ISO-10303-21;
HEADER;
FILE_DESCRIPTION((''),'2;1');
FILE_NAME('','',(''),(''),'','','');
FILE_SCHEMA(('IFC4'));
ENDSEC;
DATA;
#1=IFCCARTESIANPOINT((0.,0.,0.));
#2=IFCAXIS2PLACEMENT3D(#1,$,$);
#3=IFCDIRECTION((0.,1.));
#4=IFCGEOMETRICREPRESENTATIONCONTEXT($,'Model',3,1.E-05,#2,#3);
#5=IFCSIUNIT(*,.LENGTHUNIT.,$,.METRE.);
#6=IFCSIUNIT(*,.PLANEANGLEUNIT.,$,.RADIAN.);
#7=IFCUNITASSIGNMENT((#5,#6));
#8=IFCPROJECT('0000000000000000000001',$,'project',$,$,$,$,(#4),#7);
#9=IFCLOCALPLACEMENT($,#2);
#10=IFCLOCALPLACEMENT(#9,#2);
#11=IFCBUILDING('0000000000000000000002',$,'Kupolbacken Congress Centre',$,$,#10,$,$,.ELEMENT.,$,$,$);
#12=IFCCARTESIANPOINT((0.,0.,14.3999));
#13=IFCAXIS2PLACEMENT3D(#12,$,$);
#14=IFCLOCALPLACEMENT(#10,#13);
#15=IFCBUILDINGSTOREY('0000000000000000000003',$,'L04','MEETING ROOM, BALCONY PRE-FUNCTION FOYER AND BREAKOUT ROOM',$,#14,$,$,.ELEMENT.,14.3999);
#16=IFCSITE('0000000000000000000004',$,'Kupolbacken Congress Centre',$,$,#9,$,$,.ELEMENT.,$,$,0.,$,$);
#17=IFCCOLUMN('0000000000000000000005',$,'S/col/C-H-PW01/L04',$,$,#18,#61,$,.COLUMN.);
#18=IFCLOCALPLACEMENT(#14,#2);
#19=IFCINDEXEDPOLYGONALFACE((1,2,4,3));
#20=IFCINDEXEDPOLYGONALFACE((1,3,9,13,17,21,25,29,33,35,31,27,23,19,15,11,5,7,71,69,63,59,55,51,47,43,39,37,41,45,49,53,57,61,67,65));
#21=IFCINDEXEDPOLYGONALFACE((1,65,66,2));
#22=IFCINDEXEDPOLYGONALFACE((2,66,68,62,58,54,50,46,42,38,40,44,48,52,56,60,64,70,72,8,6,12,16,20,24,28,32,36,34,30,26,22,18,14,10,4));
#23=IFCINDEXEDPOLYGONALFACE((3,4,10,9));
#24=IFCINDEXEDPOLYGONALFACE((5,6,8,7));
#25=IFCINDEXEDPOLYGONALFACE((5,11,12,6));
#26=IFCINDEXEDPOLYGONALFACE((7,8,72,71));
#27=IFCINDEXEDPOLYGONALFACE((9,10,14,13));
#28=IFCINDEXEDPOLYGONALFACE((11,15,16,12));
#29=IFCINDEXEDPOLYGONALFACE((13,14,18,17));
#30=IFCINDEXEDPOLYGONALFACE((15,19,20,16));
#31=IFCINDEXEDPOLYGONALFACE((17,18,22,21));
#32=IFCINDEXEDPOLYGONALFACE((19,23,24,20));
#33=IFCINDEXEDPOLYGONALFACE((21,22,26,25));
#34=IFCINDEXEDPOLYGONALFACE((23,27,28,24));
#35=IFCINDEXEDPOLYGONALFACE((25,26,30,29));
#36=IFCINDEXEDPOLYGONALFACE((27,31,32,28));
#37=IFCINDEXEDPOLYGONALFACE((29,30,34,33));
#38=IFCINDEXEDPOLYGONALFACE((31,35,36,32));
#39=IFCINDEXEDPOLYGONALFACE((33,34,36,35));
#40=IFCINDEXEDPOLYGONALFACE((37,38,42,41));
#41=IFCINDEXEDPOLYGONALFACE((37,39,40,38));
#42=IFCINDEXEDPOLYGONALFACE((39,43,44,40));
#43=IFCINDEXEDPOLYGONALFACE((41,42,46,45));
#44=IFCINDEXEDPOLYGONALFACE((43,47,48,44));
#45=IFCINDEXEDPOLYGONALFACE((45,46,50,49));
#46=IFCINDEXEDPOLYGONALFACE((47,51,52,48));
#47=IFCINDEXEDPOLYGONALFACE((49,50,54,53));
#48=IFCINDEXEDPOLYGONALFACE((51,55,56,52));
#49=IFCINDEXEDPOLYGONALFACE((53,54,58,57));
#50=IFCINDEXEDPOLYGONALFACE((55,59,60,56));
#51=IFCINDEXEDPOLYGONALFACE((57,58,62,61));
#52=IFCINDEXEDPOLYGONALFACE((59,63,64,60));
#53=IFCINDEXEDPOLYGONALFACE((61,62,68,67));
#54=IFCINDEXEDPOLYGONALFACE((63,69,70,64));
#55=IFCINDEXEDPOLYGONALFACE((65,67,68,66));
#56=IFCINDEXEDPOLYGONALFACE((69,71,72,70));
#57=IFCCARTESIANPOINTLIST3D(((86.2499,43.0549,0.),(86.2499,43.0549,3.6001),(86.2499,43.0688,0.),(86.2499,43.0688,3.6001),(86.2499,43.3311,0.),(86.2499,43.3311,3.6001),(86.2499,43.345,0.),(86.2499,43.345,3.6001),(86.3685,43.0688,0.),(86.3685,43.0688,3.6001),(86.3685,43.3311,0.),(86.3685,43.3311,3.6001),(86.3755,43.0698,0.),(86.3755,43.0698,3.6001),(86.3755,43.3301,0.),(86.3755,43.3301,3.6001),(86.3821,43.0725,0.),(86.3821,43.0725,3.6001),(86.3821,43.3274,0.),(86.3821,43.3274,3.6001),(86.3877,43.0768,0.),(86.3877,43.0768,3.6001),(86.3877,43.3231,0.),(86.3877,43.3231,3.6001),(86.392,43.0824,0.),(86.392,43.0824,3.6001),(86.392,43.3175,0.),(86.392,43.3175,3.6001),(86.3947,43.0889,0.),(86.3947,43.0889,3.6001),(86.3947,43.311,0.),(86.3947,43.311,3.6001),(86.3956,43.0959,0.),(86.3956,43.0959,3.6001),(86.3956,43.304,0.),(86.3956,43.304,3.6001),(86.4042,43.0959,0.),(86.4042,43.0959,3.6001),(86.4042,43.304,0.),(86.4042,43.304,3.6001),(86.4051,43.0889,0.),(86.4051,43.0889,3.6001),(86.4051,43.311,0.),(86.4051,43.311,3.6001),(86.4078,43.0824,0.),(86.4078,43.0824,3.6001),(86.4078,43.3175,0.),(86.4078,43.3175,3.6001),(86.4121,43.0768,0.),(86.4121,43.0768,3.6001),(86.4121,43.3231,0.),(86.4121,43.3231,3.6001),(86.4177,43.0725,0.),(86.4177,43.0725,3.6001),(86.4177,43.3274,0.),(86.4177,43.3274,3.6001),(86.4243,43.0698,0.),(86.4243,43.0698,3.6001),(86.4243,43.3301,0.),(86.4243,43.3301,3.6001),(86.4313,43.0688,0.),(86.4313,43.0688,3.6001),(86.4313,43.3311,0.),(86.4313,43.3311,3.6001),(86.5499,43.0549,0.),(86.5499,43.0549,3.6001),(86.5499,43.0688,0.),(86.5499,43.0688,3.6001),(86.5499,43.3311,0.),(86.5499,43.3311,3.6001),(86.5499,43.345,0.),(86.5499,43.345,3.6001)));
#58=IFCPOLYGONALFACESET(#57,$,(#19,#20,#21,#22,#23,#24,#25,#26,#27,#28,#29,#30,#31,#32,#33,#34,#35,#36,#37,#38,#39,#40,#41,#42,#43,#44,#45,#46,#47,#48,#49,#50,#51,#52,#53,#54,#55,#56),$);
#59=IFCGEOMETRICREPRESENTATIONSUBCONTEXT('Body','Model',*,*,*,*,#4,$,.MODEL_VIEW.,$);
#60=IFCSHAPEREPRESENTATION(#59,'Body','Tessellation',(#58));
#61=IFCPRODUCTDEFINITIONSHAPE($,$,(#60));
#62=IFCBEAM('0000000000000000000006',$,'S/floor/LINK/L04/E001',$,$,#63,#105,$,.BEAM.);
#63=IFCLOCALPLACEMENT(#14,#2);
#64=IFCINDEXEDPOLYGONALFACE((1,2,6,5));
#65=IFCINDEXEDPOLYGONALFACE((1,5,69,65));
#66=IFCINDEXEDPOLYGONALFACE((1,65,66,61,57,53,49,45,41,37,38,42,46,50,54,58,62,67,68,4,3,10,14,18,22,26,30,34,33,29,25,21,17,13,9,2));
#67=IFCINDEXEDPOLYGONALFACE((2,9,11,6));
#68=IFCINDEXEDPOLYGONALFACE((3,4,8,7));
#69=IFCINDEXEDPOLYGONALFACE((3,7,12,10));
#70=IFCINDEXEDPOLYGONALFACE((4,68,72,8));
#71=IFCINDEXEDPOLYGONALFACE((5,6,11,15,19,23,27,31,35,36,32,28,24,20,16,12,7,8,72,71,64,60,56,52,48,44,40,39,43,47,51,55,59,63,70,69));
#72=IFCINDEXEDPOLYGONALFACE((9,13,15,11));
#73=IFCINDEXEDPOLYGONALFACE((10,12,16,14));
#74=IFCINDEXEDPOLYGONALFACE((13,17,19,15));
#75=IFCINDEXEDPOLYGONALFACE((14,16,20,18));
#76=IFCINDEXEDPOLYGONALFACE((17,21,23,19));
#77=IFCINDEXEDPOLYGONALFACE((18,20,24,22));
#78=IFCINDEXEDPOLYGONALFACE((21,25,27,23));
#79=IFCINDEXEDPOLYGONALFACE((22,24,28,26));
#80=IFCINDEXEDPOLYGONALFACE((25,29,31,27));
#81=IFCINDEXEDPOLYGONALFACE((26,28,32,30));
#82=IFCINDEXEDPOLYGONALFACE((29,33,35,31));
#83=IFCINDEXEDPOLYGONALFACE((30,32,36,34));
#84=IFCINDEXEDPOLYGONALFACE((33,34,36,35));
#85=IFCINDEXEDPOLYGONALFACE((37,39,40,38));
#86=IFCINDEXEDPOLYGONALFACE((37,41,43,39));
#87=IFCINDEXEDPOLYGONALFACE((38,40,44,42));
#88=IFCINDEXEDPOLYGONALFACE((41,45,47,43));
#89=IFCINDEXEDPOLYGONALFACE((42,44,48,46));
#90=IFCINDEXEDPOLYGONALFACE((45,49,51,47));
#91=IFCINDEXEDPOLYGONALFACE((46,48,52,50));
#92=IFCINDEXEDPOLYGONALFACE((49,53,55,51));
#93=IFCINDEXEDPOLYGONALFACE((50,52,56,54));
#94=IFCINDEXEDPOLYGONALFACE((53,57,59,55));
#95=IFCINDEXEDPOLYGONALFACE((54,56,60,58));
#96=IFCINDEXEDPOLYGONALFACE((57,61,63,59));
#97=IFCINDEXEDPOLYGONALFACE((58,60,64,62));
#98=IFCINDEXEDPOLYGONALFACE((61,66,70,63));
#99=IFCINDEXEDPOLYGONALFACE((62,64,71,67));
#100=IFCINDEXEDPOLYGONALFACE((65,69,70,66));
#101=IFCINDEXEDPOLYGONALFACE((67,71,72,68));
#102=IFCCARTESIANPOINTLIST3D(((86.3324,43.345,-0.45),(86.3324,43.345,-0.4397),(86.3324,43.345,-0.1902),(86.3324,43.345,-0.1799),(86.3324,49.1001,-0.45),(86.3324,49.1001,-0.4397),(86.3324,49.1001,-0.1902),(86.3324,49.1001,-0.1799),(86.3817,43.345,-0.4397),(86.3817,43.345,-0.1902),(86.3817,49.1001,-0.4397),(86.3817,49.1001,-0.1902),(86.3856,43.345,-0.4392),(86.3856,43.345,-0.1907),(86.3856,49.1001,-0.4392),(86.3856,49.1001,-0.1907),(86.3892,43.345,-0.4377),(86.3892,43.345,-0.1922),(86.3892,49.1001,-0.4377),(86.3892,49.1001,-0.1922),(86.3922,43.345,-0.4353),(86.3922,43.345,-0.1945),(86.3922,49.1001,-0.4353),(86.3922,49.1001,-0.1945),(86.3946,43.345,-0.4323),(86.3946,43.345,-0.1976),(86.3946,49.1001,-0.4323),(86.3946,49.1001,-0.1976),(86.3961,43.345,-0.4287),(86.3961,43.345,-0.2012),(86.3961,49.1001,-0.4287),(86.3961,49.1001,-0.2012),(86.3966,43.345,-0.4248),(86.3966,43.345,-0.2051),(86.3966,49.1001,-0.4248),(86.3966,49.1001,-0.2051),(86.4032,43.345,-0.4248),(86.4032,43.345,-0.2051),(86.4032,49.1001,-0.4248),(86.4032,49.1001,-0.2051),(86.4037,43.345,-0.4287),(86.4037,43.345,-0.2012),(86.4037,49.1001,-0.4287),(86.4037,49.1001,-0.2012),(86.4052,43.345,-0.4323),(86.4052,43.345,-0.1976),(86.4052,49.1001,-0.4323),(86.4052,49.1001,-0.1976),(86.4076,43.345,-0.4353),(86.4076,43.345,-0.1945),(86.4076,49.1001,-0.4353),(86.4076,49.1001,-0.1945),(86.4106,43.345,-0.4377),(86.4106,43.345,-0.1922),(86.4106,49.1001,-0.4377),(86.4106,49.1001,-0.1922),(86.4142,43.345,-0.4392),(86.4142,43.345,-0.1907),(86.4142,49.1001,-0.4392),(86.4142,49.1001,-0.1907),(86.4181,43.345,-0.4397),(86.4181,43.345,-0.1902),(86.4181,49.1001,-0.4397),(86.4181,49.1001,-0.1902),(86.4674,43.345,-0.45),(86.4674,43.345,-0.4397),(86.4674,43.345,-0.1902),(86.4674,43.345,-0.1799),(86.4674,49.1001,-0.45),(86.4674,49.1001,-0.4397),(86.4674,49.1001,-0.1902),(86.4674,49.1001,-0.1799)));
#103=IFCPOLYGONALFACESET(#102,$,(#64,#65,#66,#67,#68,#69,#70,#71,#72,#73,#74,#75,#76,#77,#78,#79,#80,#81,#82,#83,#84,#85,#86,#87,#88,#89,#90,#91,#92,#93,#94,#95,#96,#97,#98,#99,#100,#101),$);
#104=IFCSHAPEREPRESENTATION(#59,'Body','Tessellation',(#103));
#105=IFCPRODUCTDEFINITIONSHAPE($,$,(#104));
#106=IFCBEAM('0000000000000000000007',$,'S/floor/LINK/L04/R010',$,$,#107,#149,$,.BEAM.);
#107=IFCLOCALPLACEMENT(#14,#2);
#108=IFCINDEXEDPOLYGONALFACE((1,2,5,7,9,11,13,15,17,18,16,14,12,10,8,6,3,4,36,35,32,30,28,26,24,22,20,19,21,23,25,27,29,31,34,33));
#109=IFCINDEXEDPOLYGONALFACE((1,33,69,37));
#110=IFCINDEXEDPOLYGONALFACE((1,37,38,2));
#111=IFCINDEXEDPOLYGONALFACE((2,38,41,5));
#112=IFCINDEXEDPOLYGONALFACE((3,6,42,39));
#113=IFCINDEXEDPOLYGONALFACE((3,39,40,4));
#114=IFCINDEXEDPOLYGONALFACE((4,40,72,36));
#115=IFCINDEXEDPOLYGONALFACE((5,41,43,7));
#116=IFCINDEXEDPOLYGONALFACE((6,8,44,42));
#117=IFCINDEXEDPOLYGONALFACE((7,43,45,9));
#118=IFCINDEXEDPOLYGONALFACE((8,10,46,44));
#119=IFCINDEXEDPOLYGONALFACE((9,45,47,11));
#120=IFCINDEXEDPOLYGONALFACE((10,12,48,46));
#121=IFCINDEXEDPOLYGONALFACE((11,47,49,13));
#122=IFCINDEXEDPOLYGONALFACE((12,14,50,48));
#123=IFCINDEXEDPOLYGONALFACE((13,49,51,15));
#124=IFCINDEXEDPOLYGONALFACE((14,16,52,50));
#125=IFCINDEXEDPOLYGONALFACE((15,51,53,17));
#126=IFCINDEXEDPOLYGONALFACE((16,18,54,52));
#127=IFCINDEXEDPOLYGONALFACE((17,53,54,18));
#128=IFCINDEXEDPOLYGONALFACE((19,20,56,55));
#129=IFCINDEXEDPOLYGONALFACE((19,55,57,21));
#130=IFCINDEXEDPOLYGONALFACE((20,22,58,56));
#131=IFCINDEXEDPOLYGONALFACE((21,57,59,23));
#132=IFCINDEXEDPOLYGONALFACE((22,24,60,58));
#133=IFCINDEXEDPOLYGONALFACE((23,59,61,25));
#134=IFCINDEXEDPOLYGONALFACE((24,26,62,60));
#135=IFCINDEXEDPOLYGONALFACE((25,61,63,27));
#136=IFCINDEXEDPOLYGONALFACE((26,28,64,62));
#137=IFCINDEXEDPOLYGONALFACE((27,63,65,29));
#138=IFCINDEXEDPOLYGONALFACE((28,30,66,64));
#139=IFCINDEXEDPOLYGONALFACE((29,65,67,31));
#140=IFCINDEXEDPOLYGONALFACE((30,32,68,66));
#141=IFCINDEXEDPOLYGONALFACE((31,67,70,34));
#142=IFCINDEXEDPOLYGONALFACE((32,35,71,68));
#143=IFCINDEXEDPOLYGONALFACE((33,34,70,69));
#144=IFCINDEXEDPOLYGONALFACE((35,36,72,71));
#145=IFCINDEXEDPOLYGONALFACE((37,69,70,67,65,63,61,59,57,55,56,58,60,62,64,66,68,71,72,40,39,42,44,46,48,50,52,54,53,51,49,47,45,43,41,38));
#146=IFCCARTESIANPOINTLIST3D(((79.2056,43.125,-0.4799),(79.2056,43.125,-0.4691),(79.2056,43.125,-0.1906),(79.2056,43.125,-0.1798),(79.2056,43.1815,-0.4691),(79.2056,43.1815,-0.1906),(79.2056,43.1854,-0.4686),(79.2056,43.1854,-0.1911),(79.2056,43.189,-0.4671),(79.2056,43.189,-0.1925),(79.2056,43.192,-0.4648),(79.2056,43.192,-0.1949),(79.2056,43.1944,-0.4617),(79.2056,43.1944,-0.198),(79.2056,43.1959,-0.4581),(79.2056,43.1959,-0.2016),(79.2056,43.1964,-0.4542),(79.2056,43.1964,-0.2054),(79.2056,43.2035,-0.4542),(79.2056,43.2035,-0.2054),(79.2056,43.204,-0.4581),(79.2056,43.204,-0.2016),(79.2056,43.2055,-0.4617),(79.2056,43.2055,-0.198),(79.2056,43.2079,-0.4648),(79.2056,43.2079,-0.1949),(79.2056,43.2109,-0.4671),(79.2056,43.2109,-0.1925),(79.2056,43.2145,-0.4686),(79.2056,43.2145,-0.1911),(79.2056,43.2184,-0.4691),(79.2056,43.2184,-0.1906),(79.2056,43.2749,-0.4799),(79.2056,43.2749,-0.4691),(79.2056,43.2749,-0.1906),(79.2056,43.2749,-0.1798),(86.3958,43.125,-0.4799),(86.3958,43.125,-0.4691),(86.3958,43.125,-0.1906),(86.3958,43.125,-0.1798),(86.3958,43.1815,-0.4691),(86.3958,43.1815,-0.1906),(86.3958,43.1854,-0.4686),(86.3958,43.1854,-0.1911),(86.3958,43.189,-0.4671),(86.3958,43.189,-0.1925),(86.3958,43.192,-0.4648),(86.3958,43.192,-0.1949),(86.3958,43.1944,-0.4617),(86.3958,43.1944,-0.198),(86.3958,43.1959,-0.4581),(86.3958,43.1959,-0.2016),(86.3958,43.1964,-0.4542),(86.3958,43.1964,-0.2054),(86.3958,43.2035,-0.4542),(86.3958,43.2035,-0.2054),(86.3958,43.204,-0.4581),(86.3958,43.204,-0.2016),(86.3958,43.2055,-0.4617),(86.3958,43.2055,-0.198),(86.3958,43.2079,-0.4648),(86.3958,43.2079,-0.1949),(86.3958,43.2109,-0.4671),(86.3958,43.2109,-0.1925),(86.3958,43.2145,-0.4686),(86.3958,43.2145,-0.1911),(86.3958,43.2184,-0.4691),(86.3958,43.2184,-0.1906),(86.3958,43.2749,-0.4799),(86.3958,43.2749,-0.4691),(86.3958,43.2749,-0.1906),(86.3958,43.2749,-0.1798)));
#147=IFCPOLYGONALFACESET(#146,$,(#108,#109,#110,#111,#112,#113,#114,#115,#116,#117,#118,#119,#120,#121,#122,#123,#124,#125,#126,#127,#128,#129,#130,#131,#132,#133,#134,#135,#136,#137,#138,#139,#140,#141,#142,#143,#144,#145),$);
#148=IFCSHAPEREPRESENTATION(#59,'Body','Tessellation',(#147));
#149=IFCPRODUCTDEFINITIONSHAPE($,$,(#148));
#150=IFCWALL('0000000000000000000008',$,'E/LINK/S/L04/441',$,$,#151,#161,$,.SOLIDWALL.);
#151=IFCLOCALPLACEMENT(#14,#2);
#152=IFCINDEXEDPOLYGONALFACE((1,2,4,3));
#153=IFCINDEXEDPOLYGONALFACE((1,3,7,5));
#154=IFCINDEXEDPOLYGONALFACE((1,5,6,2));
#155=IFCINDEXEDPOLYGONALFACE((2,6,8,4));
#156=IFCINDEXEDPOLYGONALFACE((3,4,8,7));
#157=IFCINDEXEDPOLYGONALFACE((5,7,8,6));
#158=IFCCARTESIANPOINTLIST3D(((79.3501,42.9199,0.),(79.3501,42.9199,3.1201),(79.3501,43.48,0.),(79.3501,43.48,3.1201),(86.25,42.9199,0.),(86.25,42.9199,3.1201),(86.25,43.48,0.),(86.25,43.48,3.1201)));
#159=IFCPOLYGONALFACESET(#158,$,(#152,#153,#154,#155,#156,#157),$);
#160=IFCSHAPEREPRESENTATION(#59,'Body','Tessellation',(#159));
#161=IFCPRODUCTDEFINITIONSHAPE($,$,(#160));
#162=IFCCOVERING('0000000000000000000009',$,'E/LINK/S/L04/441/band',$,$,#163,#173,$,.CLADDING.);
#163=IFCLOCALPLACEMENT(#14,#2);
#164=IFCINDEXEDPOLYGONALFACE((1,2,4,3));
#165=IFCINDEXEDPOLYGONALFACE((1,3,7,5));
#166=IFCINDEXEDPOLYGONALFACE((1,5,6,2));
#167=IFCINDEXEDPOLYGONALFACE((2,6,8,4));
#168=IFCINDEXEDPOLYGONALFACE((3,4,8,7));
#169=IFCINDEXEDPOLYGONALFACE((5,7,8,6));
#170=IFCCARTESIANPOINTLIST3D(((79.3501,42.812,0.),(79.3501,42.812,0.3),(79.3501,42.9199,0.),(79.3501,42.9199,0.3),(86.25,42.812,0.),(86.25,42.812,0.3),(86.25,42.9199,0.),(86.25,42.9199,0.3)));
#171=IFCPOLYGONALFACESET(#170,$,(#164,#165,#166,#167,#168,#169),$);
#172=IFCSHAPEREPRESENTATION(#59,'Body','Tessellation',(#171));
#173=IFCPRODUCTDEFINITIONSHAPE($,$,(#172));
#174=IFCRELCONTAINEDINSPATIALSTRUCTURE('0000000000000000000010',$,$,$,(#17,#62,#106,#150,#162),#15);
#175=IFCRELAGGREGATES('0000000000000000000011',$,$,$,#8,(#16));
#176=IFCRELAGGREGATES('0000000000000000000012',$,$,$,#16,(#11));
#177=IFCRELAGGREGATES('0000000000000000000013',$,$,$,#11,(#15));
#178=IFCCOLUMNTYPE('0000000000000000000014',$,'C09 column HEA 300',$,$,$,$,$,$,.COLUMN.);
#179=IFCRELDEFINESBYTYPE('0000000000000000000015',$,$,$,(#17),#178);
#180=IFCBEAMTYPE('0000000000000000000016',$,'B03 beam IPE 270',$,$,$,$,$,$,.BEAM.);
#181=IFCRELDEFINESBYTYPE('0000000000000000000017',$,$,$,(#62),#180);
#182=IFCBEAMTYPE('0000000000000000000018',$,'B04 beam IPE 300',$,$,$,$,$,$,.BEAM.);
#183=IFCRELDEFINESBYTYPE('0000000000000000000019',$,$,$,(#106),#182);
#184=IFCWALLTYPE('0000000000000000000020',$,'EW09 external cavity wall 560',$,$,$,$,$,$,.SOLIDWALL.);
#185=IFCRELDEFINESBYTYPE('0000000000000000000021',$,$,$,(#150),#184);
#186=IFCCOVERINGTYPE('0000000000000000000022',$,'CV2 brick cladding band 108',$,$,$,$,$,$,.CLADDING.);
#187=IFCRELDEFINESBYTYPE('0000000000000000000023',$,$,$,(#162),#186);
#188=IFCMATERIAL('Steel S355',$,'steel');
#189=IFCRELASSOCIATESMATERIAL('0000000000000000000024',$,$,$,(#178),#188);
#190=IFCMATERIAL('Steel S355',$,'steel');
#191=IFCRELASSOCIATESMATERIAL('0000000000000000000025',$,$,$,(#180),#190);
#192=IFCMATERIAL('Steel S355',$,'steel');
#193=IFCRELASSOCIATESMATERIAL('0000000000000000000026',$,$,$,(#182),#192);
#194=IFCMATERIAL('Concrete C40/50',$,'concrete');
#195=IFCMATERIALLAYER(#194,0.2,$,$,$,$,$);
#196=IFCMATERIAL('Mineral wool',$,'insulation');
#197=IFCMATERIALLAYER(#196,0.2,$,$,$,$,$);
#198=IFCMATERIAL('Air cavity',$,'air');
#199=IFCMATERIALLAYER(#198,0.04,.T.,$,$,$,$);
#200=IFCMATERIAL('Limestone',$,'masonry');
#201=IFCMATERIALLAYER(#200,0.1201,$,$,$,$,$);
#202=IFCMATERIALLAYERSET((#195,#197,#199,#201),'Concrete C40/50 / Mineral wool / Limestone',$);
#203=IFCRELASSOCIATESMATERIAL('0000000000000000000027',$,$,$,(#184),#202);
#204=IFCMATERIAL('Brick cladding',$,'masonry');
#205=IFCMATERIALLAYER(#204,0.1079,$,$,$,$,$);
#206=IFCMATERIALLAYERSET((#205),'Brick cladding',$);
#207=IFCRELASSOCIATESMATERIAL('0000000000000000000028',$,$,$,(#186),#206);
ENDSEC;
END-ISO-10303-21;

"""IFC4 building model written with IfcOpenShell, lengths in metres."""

from ifc_helpers import new_model, si_unit, direction, frame, frame_2d, origin, origin_2d, place, context, subcontext, project, spatial, rectangle, i_section, extrude, material, layer, layer_set, material_profile, profile_set, type_object, element, save


model = new_model("IFC4")

# Units and contexts
model_context = context("Model", 3, precision=1e-05, world=origin(), true_north=direction((0.0, 1.0)))
body_context = subcontext(model_context, "Body", "Model", "MODEL_VIEW")
ifc_project = project(units=[si_unit("LENGTHUNIT", "METRE"), si_unit("PLANEANGLEUNIT", "RADIAN")], contexts=[model_context])

# Site, building, storey
site_placement = place(None, origin())
site = spatial("IfcSite", under=ifc_project, at=site_placement, Name="Kupolbacken Congress Centre", CompositionType="ELEMENT", RefElevation=0.0)
building_placement = place(site_placement, origin())
building = spatial("IfcBuilding", under=site, at=building_placement, Name="Kupolbacken Congress Centre", CompositionType="ELEMENT")
storey_placement = place(building_placement, frame((0.0, 0.0, 14.3999)))
storey = spatial("IfcBuildingStorey", under=building, at=storey_placement, Name="L04", Description="MEETING ROOM, BALCONY PRE-FUNCTION FOYER AND BREAKOUT ROOM", CompositionType="ELEMENT", Elevation=14.3999)

# Column
ifc_material_1 = material(Name="Steel S355", Category="steel")
ifc_material_profile_1 = material_profile(ifc_material_1, i_section(OverallWidth=0.3, OverallDepth=0.29, WebThickness=0.0085, FlangeThickness=0.0139, FilletRadius=0.0271, at=origin_2d()), Name="HEA 300")
ifc_profile_set_1 = profile_set([ifc_material_profile_1], Name="Steel S355")
column_type = type_object("IfcColumnType", Name="C09 column HEA 300", PredefinedType="COLUMN", material=ifc_profile_set_1)
column_placement = place(storey_placement, frame((86.3999, 43.2, 0.0), z_axis=(0.0, 0.0, 1.0), x_axis=(1.0, 0.0, 0.0)))
element("IfcColumn", 1, at=column_placement, inside=storey, type_object=column_type, Name="S/col/C-H-PW01/L04", PredefinedType="COLUMN", context=body_context, shape_type="SweptSolid", body=[
    extrude(i_section(OverallWidth=0.3, OverallDepth=0.29, WebThickness=0.0085, FlangeThickness=0.0139, FilletRadius=0.0271, at=origin_2d()), origin(), (0.0, 0.0, 1.0), 3.6001),
])

# Beams
ifc_material_2 = material(Name="Steel S355", Category="steel")
ifc_material_profile_2 = material_profile(ifc_material_2, i_section(OverallWidth=0.135, OverallDepth=0.27, WebThickness=0.0066, FlangeThickness=0.0103, FilletRadius=0.0149, at=origin_2d()), Name="IPE 270")
ifc_profile_set_2 = profile_set([ifc_material_profile_2], Name="Steel S355")
beam_type_1 = type_object("IfcBeamType", Name="B03 beam IPE 270", PredefinedType="BEAM", material=ifc_profile_set_2)
beam_1_placement = place(storey_placement, frame((86.3999, 43.345, -0.3149), z_axis=(0.0, 1.0, 0.0), x_axis=(-1.0, 0.0, 0.0)))
element("IfcBeam", 2, at=beam_1_placement, inside=storey, type_object=beam_type_1, Name="S/floor/LINK/L04/E001", PredefinedType="BEAM", context=body_context, shape_type="SweptSolid", body=[
    extrude(i_section(OverallWidth=0.135, OverallDepth=0.27, WebThickness=0.0066, FlangeThickness=0.0103, FilletRadius=0.0149, at=origin_2d()), origin(), (0.0, 0.0, 1.0), 5.7551),
])
ifc_material_3 = material(Name="Steel S355", Category="steel")
ifc_material_profile_3 = material_profile(ifc_material_3, i_section(OverallWidth=0.1499, OverallDepth=0.3, WebThickness=0.0071, FlangeThickness=0.0107, FilletRadius=0.0149, at=origin_2d()), Name="IPE 300")
ifc_profile_set_3 = profile_set([ifc_material_profile_3], Name="Steel S355")
beam_type_2 = type_object("IfcBeamType", Name="B04 beam IPE 300", PredefinedType="BEAM", material=ifc_profile_set_3)
beam_2_placement = place(storey_placement, frame((79.2056, 43.2, -0.3298), z_axis=(1.0, 0.0, 0.0), x_axis=(0.0, 1.0, 0.0)))
element("IfcBeam", 3, at=beam_2_placement, inside=storey, type_object=beam_type_2, Name="S/floor/LINK/L04/R010", PredefinedType="BEAM", context=body_context, shape_type="SweptSolid", body=[
    extrude(i_section(OverallWidth=0.1499, OverallDepth=0.3, WebThickness=0.0071, FlangeThickness=0.0107, FilletRadius=0.0149, at=origin_2d()), origin(), (0.0, 0.0, 1.0), 7.1902),
])

# Shared definitions
ifc_material_4 = material(Name="Air cavity", Category="air")
ifc_material_5 = material(Name="Mineral wool", Category="insulation")

# Wall
ifc_material_6 = material(Name="Concrete C40/50", Category="concrete")
ifc_layer_1 = layer(ifc_material_6, 0.2)
ifc_layer_2 = layer(ifc_material_5, 0.2)
ifc_layer_3 = layer(ifc_material_4, 0.04, ventilated=True)
ifc_material_7 = material(Name="Limestone", Category="masonry")
ifc_layer_4 = layer(ifc_material_7, 0.1201)
ifc_layer_set_1 = layer_set([ifc_layer_1, ifc_layer_2, ifc_layer_3, ifc_layer_4], Name="Concrete C40/50 / Mineral wool / Limestone")
wall_type_1 = type_object("IfcWallType", Name="EW09 external cavity wall 560", PredefinedType="SOLIDWALL", material=ifc_layer_set_1)
wall_1_placement = place(storey_placement, frame((79.3501, 43.2, 0.0), z_axis=(0.0, 0.0, 1.0), x_axis=(1.0, 0.0, 0.0)))
element("IfcWall", 4, at=wall_1_placement, inside=storey, type_object=wall_type_1, Name="E/LINK/S/L04/441", PredefinedType="SOLIDWALL", context=body_context, shape_type="SweptSolid", body=[
    extrude(rectangle(XDim=6.8999, YDim=0.5601, at=frame_2d((3.45, 0.0))), origin(), (0.0, 0.0, 1.0), 3.1201),
])

# Covering
ifc_material_8 = material(Name="Brick cladding", Category="masonry")
ifc_layer_5 = layer(ifc_material_8, 0.1079)
ifc_layer_set_2 = layer_set([ifc_layer_5], Name="Brick cladding")
covering_type = type_object("IfcCoveringType", Name="CV2 brick cladding band 108", PredefinedType="CLADDING", material=ifc_layer_set_2)
covering_placement = place(storey_placement, frame((82.8, 42.866, 0.0), z_axis=(0.0, 0.0, 1.0), x_axis=(1.0, 0.0, 0.0)))
element("IfcCovering", 5, at=covering_placement, inside=storey, type_object=covering_type, Name="E/LINK/S/L04/441/band", PredefinedType="CLADDING", context=body_context, shape_type="SweptSolid", body=[
    extrude(rectangle(XDim=6.8999, YDim=0.1079, at=origin_2d()), origin(), (0.0, 0.0, 1.0), 0.3),
])

save(model, "model.ifc")
